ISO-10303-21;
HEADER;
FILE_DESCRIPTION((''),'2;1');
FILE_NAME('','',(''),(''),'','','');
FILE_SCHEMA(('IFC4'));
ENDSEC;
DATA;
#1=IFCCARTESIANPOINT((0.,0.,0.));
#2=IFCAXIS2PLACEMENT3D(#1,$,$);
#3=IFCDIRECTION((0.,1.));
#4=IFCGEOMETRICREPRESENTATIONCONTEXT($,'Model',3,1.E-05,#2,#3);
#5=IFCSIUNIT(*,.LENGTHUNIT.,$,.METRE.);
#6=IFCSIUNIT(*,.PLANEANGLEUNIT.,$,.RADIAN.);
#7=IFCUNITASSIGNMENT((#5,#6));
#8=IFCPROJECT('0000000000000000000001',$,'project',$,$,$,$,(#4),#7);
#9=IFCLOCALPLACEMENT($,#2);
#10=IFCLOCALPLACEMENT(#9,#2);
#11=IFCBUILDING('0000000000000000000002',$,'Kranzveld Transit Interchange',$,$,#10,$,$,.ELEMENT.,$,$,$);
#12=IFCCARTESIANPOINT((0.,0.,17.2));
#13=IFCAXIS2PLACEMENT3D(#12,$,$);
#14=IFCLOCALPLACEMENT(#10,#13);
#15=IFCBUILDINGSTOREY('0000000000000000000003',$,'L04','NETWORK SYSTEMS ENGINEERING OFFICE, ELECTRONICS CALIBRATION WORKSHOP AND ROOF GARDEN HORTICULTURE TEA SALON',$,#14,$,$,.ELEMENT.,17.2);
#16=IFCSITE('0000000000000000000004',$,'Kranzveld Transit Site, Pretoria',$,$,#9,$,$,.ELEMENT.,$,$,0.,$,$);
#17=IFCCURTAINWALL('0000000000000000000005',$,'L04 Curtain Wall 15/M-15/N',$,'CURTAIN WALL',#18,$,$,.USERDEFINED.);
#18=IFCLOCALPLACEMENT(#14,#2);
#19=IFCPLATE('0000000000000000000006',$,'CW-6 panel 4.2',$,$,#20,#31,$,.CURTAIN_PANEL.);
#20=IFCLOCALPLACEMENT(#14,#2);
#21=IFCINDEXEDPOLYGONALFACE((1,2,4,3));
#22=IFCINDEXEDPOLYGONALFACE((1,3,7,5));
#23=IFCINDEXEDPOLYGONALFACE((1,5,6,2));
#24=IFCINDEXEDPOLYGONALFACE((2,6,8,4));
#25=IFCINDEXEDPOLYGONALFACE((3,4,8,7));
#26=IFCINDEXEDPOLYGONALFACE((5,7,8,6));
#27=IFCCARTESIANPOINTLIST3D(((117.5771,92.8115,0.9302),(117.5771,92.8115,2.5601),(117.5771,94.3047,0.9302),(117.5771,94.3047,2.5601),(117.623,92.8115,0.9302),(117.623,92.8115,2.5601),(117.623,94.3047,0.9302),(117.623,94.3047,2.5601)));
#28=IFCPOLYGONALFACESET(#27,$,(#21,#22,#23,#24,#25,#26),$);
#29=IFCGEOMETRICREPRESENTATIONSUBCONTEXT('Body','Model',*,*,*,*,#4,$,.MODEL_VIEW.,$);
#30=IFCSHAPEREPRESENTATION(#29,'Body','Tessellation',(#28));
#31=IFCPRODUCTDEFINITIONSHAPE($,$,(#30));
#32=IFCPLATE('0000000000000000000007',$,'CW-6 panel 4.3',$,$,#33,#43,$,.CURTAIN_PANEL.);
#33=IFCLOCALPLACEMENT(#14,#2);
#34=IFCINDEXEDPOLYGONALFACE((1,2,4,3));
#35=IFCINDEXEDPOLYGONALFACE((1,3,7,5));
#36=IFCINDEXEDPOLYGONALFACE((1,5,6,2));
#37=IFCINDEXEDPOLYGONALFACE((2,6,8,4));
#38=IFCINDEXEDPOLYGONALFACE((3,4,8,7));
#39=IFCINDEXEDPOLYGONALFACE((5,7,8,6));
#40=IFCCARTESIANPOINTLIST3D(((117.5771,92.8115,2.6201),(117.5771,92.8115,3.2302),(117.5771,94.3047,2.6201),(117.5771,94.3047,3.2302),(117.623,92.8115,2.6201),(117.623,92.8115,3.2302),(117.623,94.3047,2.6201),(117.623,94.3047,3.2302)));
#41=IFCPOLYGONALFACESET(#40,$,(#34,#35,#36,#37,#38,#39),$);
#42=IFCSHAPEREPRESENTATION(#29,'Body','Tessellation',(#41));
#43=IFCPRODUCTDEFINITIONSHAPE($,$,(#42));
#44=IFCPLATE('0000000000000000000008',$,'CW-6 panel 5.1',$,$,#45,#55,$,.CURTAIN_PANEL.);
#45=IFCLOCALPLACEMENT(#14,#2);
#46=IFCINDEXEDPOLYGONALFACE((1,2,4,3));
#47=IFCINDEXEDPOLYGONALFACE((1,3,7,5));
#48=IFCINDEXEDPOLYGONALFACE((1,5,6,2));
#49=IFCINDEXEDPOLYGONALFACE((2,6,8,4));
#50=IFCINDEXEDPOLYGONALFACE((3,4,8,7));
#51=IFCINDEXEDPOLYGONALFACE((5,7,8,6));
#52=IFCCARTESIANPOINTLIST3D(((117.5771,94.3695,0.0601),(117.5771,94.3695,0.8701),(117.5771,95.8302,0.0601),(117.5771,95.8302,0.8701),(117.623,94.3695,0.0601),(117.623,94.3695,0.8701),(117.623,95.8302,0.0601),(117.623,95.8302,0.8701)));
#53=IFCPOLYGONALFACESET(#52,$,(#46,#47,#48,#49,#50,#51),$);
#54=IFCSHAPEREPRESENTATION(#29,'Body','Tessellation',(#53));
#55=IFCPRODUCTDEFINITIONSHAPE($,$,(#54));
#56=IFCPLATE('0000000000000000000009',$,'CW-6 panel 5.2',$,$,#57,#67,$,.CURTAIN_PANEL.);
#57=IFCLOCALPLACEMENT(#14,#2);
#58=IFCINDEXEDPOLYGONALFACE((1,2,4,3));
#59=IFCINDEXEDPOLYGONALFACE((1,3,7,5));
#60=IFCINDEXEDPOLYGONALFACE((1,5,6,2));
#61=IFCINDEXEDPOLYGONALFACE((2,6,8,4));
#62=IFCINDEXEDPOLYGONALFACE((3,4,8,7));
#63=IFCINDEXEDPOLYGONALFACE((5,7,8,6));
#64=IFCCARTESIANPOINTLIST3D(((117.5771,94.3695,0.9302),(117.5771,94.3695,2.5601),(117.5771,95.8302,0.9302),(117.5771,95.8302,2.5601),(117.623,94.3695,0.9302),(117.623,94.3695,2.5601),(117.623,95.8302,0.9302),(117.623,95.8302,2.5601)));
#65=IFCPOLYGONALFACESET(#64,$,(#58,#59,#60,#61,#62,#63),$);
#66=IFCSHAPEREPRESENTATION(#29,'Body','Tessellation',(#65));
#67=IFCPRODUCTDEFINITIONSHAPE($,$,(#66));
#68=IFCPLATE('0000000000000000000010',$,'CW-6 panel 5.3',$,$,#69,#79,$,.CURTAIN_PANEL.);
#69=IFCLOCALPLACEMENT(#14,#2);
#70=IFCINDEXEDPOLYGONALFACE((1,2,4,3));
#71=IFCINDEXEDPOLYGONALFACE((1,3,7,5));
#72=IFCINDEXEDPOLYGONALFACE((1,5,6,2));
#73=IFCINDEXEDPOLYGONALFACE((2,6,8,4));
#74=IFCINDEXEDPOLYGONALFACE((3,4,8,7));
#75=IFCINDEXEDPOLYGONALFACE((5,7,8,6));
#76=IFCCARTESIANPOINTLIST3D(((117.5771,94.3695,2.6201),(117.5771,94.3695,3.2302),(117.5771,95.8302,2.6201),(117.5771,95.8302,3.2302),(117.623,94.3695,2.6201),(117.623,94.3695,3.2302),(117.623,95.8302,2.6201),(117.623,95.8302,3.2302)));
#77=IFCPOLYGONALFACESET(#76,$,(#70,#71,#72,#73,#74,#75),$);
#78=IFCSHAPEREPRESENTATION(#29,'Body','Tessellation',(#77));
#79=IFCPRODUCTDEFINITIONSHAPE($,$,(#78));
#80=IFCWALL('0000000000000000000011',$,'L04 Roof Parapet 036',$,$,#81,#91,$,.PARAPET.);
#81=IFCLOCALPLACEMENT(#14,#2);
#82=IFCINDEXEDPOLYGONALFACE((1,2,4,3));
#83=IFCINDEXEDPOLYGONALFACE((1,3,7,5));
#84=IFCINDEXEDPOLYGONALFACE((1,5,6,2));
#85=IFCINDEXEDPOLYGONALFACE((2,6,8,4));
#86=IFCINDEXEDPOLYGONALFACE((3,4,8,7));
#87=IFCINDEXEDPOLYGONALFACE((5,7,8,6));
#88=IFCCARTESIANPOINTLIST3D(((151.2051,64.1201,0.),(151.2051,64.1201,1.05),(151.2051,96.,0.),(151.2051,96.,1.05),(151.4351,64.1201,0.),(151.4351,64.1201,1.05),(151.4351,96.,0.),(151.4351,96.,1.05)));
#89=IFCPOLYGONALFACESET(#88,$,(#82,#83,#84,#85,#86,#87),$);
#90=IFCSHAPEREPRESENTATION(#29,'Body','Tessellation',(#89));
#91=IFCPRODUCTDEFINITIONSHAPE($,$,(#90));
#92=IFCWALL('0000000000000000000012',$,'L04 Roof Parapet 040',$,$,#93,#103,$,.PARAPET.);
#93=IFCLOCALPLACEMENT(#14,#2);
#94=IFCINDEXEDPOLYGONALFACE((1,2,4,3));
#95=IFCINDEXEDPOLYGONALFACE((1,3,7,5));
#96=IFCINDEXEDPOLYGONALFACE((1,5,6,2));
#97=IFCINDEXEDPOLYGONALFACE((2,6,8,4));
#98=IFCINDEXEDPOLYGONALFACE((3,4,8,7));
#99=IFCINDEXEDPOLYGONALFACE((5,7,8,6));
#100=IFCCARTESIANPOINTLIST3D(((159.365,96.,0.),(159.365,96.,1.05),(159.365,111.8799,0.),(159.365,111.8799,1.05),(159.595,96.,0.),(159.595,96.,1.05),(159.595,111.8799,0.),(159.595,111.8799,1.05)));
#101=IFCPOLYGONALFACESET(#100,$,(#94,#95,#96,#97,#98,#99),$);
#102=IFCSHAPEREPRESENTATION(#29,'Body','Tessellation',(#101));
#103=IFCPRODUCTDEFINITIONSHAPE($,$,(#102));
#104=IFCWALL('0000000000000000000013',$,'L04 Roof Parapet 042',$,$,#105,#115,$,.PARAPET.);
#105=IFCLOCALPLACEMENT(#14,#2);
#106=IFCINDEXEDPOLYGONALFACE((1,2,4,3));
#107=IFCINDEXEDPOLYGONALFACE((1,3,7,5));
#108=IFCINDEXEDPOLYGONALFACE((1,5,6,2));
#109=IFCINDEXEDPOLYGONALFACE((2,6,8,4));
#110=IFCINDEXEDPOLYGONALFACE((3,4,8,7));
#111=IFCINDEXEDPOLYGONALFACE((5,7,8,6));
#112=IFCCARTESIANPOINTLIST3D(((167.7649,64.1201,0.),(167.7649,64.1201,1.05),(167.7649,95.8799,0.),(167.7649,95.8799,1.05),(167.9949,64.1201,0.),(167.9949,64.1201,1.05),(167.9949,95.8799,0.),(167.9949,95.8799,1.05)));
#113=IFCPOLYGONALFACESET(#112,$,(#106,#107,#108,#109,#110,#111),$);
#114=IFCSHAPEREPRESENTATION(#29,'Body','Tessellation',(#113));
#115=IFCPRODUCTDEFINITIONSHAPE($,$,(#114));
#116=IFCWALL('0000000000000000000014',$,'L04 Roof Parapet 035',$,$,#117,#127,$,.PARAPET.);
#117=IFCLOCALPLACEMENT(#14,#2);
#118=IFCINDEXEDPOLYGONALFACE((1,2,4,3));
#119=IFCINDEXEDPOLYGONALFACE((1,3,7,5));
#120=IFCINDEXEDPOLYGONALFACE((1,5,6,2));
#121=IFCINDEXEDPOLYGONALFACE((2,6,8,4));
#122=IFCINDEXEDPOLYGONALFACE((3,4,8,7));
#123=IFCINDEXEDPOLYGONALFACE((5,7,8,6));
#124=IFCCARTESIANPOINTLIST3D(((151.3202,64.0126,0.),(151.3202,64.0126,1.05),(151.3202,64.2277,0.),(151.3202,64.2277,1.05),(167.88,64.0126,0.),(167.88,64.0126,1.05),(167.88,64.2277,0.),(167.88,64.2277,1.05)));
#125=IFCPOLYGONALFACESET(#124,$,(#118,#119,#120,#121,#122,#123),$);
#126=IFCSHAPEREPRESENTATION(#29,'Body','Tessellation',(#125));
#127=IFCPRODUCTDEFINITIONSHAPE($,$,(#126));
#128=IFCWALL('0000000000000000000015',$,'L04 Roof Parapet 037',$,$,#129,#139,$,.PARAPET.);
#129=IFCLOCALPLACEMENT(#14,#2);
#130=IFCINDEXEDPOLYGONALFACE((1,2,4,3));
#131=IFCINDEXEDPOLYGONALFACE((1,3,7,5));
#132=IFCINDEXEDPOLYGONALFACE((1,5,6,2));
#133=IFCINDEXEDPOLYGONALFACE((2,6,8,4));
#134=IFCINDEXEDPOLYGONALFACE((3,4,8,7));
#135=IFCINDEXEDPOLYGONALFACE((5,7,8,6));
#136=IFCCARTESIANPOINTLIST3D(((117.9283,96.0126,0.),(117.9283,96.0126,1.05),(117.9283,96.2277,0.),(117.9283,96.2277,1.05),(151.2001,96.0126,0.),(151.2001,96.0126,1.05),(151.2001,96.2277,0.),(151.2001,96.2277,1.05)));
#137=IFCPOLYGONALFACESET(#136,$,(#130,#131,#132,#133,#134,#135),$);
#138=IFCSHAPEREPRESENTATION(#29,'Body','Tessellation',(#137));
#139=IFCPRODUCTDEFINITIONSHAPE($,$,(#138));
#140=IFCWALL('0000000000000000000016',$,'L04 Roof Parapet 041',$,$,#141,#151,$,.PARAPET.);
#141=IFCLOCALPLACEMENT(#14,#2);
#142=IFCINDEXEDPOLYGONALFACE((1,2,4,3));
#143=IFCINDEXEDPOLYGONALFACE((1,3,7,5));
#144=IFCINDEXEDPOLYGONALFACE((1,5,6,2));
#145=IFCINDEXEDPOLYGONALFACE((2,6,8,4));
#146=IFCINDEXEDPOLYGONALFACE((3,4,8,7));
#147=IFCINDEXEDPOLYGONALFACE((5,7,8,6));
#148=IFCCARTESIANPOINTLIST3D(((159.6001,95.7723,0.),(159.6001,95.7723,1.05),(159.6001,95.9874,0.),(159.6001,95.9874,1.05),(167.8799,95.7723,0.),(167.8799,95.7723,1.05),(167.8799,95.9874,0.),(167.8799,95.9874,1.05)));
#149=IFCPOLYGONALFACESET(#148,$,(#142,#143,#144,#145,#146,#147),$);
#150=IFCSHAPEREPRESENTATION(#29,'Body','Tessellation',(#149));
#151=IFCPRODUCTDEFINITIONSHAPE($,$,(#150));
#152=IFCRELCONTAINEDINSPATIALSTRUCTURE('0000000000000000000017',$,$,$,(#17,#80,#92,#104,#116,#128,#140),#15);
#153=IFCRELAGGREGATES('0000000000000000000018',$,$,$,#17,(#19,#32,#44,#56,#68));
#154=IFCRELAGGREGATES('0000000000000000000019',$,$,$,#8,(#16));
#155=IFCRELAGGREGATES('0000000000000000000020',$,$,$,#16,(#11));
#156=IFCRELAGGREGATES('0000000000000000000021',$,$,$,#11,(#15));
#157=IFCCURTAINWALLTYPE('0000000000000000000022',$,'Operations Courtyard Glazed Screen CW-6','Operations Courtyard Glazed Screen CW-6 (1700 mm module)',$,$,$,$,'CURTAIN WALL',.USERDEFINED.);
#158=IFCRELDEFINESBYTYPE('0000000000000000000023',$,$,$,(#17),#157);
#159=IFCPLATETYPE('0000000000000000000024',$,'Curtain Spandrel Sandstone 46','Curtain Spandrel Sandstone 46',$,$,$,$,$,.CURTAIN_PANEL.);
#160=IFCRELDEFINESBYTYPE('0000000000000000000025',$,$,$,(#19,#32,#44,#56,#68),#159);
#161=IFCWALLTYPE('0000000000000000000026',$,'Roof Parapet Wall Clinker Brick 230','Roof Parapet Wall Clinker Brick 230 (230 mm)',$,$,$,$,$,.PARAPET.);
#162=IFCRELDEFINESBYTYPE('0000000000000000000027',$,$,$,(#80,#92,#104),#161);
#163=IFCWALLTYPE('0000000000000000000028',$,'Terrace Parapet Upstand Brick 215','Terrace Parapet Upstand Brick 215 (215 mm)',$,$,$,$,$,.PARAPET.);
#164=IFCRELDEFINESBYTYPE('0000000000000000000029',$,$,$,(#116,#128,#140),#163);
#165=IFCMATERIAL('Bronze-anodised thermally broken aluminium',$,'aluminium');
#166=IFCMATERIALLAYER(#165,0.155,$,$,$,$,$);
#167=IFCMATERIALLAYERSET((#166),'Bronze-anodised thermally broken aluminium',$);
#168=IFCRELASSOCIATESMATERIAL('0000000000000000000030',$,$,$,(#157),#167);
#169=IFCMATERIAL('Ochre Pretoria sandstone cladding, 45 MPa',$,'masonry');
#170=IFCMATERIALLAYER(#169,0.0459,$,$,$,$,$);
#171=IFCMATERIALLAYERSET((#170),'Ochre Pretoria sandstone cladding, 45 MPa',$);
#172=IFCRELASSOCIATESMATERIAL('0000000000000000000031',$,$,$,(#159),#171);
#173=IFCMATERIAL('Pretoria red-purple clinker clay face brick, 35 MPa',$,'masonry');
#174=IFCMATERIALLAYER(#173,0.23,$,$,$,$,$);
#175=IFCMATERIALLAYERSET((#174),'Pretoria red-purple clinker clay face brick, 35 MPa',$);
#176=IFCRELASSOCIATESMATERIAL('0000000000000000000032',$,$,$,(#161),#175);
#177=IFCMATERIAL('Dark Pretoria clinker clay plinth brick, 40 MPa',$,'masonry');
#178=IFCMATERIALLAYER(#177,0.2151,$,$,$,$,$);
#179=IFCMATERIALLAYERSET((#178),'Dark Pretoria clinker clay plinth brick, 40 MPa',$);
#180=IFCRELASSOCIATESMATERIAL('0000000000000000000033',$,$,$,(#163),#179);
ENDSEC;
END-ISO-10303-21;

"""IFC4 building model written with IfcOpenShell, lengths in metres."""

from ifc_helpers import new_model, si_unit, direction, frame, frame_2d, origin, origin_2d, place, context, subcontext, project, spatial, rectangle, extrude, material, layer, layer_set, type_object, element, aggregate, save


model = new_model("IFC4")

# Units and contexts
model_context = context("Model", 3, precision=1e-05, world=origin(), true_north=direction((0.0, 1.0)))
body_context = subcontext(model_context, "Body", "Model", "MODEL_VIEW")
ifc_project = project(units=[si_unit("LENGTHUNIT", "METRE"), si_unit("PLANEANGLEUNIT", "RADIAN")], contexts=[model_context])

# Site, building, storey
site_placement = place(None, origin())
site = spatial("IfcSite", under=ifc_project, at=site_placement, Name="Kranzveld Transit Site, Pretoria", CompositionType="ELEMENT", RefElevation=0.0)
building_placement = place(site_placement, origin())
building = spatial("IfcBuilding", under=site, at=building_placement, Name="Kranzveld Transit Interchange", CompositionType="ELEMENT")
storey_placement = place(building_placement, frame((0.0, 0.0, 17.2)))
storey = spatial("IfcBuildingStorey", under=building, at=storey_placement, Name="L04", Description="NETWORK SYSTEMS ENGINEERING OFFICE, ELECTRONICS CALIBRATION WORKSHOP AND ROOF GARDEN HORTICULTURE TEA SALON", CompositionType="ELEMENT", Elevation=17.2)

# Curtain wall, plates
ifc_material_1 = material(Name="Bronze-anodised thermally broken aluminium", Category="aluminium")
ifc_layer_1 = layer(ifc_material_1, 0.155)
ifc_layer_set_1 = layer_set([ifc_layer_1], Name="Bronze-anodised thermally broken aluminium")
curtain_wall_type = type_object("IfcCurtainWallType", Name="Operations Courtyard Glazed Screen CW-6", Description="Operations Courtyard Glazed Screen CW-6 (1700 mm module)", ElementType="CURTAIN WALL", PredefinedType="USERDEFINED", material=ifc_layer_set_1)
curtain_wall_placement = place(storey_placement, origin())
curtain_wall = element("IfcCurtainWall", 1, at=curtain_wall_placement, inside=storey, type_object=curtain_wall_type, Name="L04 Curtain Wall 15/M-15/N", ObjectType="CURTAIN WALL", PredefinedType="USERDEFINED")
ifc_material_2 = material(Name="Ochre Pretoria sandstone cladding, 45 MPa", Category="masonry")
ifc_layer_2 = layer(ifc_material_2, 0.0459)
ifc_layer_set_2 = layer_set([ifc_layer_2], Name="Ochre Pretoria sandstone cladding, 45 MPa")
plate_type = type_object("IfcPlateType", Name="Curtain Spandrel Sandstone 46", Description="Curtain Spandrel Sandstone 46", PredefinedType="CURTAIN_PANEL", material=ifc_layer_set_2)
plate_1_placement = place(storey_placement, frame((117.6001, 93.5581, 0.9302), z_axis=(0.0, 0.0, 1.0), x_axis=(0.0, 1.0, 0.0)))
plate_1 = element("IfcPlate", 2, at=plate_1_placement, type_object=plate_type, Name="CW-6 panel 4.2", PredefinedType="CURTAIN_PANEL", context=body_context, shape_type="SweptSolid", body=[
    extrude(rectangle(XDim=1.4932, YDim=0.0459, at=origin_2d()), origin(), (0.0, 0.0, 1.0), 1.6299),
])
plate_2_placement = place(storey_placement, frame((117.6001, 93.5581, 2.6201), z_axis=(0.0, 0.0, 1.0), x_axis=(0.0, 1.0, 0.0)))
plate_2 = element("IfcPlate", 3, at=plate_2_placement, type_object=plate_type, Name="CW-6 panel 4.3", PredefinedType="CURTAIN_PANEL", context=body_context, shape_type="SweptSolid", body=[
    extrude(rectangle(XDim=1.4932, YDim=0.0459, at=origin_2d()), origin(), (0.0, 0.0, 1.0), 0.6101),
])
plate_3_placement = place(storey_placement, frame((117.6001, 95.0999, 0.0601), z_axis=(0.0, 0.0, 1.0), x_axis=(0.0, 1.0, 0.0)))
plate_3 = element("IfcPlate", 4, at=plate_3_placement, type_object=plate_type, Name="CW-6 panel 5.1", PredefinedType="CURTAIN_PANEL", context=body_context, shape_type="SweptSolid", body=[
    extrude(rectangle(XDim=1.4607, YDim=0.0459, at=origin_2d()), origin(), (0.0, 0.0, 1.0), 0.8101),
])
plate_4_placement = place(storey_placement, frame((117.6001, 95.0999, 0.9302), z_axis=(0.0, 0.0, 1.0), x_axis=(0.0, 1.0, 0.0)))
plate_4 = element("IfcPlate", 5, at=plate_4_placement, type_object=plate_type, Name="CW-6 panel 5.2", PredefinedType="CURTAIN_PANEL", context=body_context, shape_type="SweptSolid", body=[
    extrude(rectangle(XDim=1.4607, YDim=0.0459, at=origin_2d()), origin(), (0.0, 0.0, 1.0), 1.6299),
])
plate_5_placement = place(storey_placement, frame((117.6001, 95.0999, 2.6201), z_axis=(0.0, 0.0, 1.0), x_axis=(0.0, 1.0, 0.0)))
plate_5 = element("IfcPlate", 6, at=plate_5_placement, type_object=plate_type, Name="CW-6 panel 5.3", PredefinedType="CURTAIN_PANEL", context=body_context, shape_type="SweptSolid", body=[
    extrude(rectangle(XDim=1.4607, YDim=0.0459, at=origin_2d()), origin(), (0.0, 0.0, 1.0), 0.6101),
])
aggregate(curtain_wall, [plate_1, plate_2, plate_3, plate_4, plate_5])

# Walls
ifc_material_3 = material(Name="Pretoria red-purple clinker clay face brick, 35 MPa", Category="masonry")
ifc_layer_3 = layer(ifc_material_3, 0.23)
ifc_layer_set_3 = layer_set([ifc_layer_3], Name="Pretoria red-purple clinker clay face brick, 35 MPa")
wall_type_1 = type_object("IfcWallType", Name="Roof Parapet Wall Clinker Brick 230", Description="Roof Parapet Wall Clinker Brick 230 (230 mm)", PredefinedType="PARAPET", material=ifc_layer_set_3)
wall_1_placement = place(storey_placement, frame((151.3201, 64.1201, 0.0), z_axis=(0.0, 0.0, 1.0), x_axis=(0.0, 1.0, 0.0)))
element("IfcWall", 7, at=wall_1_placement, inside=storey, type_object=wall_type_1, Name="L04 Roof Parapet 036", PredefinedType="PARAPET", context=body_context, shape_type="SweptSolid", body=[
    extrude(rectangle(XDim=31.8799, YDim=0.23, at=frame_2d((15.9399, 0.0))), origin(), (0.0, 0.0, 1.0), 1.05),
])
wall_2_placement = place(storey_placement, frame((159.48, 111.8799, 0.0), z_axis=(0.0, 0.0, 1.0), x_axis=(0.0, -1.0, 0.0)))
element("IfcWall", 8, at=wall_2_placement, inside=storey, type_object=wall_type_1, Name="L04 Roof Parapet 040", PredefinedType="PARAPET", context=body_context, shape_type="SweptSolid", body=[
    extrude(rectangle(XDim=15.8799, YDim=0.23, at=frame_2d((7.9399, 0.0))), origin(), (0.0, 0.0, 1.0), 1.05),
])
wall_3_placement = place(storey_placement, frame((167.8799, 95.8799, 0.0), z_axis=(0.0, 0.0, 1.0), x_axis=(0.0, -1.0, 0.0)))
element("IfcWall", 9, at=wall_3_placement, inside=storey, type_object=wall_type_1, Name="L04 Roof Parapet 042", PredefinedType="PARAPET", context=body_context, shape_type="SweptSolid", body=[
    extrude(rectangle(XDim=31.7598, YDim=0.23, at=frame_2d((15.8799, 0.0))), origin(), (0.0, 0.0, 1.0), 1.05),
])
ifc_material_4 = material(Name="Dark Pretoria clinker clay plinth brick, 40 MPa", Category="masonry")
ifc_layer_4 = layer(ifc_material_4, 0.2151)
ifc_layer_set_4 = layer_set([ifc_layer_4], Name="Dark Pretoria clinker clay plinth brick, 40 MPa")
wall_type_2 = type_object("IfcWallType", Name="Terrace Parapet Upstand Brick 215", Description="Terrace Parapet Upstand Brick 215 (215 mm)", PredefinedType="PARAPET", material=ifc_layer_set_4)
wall_4_placement = place(storey_placement, frame((167.8799, 64.1201, 0.0), z_axis=(0.0, 0.0, 1.0), x_axis=(-1.0, 0.0, 0.0)))
element("IfcWall", 10, at=wall_4_placement, inside=storey, type_object=wall_type_2, Name="L04 Roof Parapet 035", PredefinedType="PARAPET", context=body_context, shape_type="SweptSolid", body=[
    extrude(rectangle(XDim=16.5598, YDim=0.2151, at=frame_2d((8.2798, 0.0))), origin(), (0.0, 0.0, 1.0), 1.05),
])
wall_5_placement = place(storey_placement, frame((151.2, 96.1201, 0.0), z_axis=(0.0, 0.0, 1.0), x_axis=(-1.0, 0.0, 0.0)))
element("IfcWall", 11, at=wall_5_placement, inside=storey, type_object=wall_type_2, Name="L04 Roof Parapet 037", PredefinedType="PARAPET", context=body_context, shape_type="SweptSolid", body=[
    extrude(rectangle(XDim=33.2717, YDim=0.2151, at=frame_2d((16.6357, 0.0))), origin(), (0.0, 0.0, 1.0), 1.05),
])
wall_6_placement = place(storey_placement, frame((159.6001, 95.8799, 0.0), z_axis=(0.0, 0.0, 1.0), x_axis=(1.0, 0.0, 0.0)))
element("IfcWall", 12, at=wall_6_placement, inside=storey, type_object=wall_type_2, Name="L04 Roof Parapet 041", PredefinedType="PARAPET", context=body_context, shape_type="SweptSolid", body=[
    extrude(rectangle(XDim=8.2798, YDim=0.2151, at=frame_2d((4.1399, 0.0))), origin(), (0.0, 0.0, 1.0), 1.05),
])

save(model, "model.ifc")
